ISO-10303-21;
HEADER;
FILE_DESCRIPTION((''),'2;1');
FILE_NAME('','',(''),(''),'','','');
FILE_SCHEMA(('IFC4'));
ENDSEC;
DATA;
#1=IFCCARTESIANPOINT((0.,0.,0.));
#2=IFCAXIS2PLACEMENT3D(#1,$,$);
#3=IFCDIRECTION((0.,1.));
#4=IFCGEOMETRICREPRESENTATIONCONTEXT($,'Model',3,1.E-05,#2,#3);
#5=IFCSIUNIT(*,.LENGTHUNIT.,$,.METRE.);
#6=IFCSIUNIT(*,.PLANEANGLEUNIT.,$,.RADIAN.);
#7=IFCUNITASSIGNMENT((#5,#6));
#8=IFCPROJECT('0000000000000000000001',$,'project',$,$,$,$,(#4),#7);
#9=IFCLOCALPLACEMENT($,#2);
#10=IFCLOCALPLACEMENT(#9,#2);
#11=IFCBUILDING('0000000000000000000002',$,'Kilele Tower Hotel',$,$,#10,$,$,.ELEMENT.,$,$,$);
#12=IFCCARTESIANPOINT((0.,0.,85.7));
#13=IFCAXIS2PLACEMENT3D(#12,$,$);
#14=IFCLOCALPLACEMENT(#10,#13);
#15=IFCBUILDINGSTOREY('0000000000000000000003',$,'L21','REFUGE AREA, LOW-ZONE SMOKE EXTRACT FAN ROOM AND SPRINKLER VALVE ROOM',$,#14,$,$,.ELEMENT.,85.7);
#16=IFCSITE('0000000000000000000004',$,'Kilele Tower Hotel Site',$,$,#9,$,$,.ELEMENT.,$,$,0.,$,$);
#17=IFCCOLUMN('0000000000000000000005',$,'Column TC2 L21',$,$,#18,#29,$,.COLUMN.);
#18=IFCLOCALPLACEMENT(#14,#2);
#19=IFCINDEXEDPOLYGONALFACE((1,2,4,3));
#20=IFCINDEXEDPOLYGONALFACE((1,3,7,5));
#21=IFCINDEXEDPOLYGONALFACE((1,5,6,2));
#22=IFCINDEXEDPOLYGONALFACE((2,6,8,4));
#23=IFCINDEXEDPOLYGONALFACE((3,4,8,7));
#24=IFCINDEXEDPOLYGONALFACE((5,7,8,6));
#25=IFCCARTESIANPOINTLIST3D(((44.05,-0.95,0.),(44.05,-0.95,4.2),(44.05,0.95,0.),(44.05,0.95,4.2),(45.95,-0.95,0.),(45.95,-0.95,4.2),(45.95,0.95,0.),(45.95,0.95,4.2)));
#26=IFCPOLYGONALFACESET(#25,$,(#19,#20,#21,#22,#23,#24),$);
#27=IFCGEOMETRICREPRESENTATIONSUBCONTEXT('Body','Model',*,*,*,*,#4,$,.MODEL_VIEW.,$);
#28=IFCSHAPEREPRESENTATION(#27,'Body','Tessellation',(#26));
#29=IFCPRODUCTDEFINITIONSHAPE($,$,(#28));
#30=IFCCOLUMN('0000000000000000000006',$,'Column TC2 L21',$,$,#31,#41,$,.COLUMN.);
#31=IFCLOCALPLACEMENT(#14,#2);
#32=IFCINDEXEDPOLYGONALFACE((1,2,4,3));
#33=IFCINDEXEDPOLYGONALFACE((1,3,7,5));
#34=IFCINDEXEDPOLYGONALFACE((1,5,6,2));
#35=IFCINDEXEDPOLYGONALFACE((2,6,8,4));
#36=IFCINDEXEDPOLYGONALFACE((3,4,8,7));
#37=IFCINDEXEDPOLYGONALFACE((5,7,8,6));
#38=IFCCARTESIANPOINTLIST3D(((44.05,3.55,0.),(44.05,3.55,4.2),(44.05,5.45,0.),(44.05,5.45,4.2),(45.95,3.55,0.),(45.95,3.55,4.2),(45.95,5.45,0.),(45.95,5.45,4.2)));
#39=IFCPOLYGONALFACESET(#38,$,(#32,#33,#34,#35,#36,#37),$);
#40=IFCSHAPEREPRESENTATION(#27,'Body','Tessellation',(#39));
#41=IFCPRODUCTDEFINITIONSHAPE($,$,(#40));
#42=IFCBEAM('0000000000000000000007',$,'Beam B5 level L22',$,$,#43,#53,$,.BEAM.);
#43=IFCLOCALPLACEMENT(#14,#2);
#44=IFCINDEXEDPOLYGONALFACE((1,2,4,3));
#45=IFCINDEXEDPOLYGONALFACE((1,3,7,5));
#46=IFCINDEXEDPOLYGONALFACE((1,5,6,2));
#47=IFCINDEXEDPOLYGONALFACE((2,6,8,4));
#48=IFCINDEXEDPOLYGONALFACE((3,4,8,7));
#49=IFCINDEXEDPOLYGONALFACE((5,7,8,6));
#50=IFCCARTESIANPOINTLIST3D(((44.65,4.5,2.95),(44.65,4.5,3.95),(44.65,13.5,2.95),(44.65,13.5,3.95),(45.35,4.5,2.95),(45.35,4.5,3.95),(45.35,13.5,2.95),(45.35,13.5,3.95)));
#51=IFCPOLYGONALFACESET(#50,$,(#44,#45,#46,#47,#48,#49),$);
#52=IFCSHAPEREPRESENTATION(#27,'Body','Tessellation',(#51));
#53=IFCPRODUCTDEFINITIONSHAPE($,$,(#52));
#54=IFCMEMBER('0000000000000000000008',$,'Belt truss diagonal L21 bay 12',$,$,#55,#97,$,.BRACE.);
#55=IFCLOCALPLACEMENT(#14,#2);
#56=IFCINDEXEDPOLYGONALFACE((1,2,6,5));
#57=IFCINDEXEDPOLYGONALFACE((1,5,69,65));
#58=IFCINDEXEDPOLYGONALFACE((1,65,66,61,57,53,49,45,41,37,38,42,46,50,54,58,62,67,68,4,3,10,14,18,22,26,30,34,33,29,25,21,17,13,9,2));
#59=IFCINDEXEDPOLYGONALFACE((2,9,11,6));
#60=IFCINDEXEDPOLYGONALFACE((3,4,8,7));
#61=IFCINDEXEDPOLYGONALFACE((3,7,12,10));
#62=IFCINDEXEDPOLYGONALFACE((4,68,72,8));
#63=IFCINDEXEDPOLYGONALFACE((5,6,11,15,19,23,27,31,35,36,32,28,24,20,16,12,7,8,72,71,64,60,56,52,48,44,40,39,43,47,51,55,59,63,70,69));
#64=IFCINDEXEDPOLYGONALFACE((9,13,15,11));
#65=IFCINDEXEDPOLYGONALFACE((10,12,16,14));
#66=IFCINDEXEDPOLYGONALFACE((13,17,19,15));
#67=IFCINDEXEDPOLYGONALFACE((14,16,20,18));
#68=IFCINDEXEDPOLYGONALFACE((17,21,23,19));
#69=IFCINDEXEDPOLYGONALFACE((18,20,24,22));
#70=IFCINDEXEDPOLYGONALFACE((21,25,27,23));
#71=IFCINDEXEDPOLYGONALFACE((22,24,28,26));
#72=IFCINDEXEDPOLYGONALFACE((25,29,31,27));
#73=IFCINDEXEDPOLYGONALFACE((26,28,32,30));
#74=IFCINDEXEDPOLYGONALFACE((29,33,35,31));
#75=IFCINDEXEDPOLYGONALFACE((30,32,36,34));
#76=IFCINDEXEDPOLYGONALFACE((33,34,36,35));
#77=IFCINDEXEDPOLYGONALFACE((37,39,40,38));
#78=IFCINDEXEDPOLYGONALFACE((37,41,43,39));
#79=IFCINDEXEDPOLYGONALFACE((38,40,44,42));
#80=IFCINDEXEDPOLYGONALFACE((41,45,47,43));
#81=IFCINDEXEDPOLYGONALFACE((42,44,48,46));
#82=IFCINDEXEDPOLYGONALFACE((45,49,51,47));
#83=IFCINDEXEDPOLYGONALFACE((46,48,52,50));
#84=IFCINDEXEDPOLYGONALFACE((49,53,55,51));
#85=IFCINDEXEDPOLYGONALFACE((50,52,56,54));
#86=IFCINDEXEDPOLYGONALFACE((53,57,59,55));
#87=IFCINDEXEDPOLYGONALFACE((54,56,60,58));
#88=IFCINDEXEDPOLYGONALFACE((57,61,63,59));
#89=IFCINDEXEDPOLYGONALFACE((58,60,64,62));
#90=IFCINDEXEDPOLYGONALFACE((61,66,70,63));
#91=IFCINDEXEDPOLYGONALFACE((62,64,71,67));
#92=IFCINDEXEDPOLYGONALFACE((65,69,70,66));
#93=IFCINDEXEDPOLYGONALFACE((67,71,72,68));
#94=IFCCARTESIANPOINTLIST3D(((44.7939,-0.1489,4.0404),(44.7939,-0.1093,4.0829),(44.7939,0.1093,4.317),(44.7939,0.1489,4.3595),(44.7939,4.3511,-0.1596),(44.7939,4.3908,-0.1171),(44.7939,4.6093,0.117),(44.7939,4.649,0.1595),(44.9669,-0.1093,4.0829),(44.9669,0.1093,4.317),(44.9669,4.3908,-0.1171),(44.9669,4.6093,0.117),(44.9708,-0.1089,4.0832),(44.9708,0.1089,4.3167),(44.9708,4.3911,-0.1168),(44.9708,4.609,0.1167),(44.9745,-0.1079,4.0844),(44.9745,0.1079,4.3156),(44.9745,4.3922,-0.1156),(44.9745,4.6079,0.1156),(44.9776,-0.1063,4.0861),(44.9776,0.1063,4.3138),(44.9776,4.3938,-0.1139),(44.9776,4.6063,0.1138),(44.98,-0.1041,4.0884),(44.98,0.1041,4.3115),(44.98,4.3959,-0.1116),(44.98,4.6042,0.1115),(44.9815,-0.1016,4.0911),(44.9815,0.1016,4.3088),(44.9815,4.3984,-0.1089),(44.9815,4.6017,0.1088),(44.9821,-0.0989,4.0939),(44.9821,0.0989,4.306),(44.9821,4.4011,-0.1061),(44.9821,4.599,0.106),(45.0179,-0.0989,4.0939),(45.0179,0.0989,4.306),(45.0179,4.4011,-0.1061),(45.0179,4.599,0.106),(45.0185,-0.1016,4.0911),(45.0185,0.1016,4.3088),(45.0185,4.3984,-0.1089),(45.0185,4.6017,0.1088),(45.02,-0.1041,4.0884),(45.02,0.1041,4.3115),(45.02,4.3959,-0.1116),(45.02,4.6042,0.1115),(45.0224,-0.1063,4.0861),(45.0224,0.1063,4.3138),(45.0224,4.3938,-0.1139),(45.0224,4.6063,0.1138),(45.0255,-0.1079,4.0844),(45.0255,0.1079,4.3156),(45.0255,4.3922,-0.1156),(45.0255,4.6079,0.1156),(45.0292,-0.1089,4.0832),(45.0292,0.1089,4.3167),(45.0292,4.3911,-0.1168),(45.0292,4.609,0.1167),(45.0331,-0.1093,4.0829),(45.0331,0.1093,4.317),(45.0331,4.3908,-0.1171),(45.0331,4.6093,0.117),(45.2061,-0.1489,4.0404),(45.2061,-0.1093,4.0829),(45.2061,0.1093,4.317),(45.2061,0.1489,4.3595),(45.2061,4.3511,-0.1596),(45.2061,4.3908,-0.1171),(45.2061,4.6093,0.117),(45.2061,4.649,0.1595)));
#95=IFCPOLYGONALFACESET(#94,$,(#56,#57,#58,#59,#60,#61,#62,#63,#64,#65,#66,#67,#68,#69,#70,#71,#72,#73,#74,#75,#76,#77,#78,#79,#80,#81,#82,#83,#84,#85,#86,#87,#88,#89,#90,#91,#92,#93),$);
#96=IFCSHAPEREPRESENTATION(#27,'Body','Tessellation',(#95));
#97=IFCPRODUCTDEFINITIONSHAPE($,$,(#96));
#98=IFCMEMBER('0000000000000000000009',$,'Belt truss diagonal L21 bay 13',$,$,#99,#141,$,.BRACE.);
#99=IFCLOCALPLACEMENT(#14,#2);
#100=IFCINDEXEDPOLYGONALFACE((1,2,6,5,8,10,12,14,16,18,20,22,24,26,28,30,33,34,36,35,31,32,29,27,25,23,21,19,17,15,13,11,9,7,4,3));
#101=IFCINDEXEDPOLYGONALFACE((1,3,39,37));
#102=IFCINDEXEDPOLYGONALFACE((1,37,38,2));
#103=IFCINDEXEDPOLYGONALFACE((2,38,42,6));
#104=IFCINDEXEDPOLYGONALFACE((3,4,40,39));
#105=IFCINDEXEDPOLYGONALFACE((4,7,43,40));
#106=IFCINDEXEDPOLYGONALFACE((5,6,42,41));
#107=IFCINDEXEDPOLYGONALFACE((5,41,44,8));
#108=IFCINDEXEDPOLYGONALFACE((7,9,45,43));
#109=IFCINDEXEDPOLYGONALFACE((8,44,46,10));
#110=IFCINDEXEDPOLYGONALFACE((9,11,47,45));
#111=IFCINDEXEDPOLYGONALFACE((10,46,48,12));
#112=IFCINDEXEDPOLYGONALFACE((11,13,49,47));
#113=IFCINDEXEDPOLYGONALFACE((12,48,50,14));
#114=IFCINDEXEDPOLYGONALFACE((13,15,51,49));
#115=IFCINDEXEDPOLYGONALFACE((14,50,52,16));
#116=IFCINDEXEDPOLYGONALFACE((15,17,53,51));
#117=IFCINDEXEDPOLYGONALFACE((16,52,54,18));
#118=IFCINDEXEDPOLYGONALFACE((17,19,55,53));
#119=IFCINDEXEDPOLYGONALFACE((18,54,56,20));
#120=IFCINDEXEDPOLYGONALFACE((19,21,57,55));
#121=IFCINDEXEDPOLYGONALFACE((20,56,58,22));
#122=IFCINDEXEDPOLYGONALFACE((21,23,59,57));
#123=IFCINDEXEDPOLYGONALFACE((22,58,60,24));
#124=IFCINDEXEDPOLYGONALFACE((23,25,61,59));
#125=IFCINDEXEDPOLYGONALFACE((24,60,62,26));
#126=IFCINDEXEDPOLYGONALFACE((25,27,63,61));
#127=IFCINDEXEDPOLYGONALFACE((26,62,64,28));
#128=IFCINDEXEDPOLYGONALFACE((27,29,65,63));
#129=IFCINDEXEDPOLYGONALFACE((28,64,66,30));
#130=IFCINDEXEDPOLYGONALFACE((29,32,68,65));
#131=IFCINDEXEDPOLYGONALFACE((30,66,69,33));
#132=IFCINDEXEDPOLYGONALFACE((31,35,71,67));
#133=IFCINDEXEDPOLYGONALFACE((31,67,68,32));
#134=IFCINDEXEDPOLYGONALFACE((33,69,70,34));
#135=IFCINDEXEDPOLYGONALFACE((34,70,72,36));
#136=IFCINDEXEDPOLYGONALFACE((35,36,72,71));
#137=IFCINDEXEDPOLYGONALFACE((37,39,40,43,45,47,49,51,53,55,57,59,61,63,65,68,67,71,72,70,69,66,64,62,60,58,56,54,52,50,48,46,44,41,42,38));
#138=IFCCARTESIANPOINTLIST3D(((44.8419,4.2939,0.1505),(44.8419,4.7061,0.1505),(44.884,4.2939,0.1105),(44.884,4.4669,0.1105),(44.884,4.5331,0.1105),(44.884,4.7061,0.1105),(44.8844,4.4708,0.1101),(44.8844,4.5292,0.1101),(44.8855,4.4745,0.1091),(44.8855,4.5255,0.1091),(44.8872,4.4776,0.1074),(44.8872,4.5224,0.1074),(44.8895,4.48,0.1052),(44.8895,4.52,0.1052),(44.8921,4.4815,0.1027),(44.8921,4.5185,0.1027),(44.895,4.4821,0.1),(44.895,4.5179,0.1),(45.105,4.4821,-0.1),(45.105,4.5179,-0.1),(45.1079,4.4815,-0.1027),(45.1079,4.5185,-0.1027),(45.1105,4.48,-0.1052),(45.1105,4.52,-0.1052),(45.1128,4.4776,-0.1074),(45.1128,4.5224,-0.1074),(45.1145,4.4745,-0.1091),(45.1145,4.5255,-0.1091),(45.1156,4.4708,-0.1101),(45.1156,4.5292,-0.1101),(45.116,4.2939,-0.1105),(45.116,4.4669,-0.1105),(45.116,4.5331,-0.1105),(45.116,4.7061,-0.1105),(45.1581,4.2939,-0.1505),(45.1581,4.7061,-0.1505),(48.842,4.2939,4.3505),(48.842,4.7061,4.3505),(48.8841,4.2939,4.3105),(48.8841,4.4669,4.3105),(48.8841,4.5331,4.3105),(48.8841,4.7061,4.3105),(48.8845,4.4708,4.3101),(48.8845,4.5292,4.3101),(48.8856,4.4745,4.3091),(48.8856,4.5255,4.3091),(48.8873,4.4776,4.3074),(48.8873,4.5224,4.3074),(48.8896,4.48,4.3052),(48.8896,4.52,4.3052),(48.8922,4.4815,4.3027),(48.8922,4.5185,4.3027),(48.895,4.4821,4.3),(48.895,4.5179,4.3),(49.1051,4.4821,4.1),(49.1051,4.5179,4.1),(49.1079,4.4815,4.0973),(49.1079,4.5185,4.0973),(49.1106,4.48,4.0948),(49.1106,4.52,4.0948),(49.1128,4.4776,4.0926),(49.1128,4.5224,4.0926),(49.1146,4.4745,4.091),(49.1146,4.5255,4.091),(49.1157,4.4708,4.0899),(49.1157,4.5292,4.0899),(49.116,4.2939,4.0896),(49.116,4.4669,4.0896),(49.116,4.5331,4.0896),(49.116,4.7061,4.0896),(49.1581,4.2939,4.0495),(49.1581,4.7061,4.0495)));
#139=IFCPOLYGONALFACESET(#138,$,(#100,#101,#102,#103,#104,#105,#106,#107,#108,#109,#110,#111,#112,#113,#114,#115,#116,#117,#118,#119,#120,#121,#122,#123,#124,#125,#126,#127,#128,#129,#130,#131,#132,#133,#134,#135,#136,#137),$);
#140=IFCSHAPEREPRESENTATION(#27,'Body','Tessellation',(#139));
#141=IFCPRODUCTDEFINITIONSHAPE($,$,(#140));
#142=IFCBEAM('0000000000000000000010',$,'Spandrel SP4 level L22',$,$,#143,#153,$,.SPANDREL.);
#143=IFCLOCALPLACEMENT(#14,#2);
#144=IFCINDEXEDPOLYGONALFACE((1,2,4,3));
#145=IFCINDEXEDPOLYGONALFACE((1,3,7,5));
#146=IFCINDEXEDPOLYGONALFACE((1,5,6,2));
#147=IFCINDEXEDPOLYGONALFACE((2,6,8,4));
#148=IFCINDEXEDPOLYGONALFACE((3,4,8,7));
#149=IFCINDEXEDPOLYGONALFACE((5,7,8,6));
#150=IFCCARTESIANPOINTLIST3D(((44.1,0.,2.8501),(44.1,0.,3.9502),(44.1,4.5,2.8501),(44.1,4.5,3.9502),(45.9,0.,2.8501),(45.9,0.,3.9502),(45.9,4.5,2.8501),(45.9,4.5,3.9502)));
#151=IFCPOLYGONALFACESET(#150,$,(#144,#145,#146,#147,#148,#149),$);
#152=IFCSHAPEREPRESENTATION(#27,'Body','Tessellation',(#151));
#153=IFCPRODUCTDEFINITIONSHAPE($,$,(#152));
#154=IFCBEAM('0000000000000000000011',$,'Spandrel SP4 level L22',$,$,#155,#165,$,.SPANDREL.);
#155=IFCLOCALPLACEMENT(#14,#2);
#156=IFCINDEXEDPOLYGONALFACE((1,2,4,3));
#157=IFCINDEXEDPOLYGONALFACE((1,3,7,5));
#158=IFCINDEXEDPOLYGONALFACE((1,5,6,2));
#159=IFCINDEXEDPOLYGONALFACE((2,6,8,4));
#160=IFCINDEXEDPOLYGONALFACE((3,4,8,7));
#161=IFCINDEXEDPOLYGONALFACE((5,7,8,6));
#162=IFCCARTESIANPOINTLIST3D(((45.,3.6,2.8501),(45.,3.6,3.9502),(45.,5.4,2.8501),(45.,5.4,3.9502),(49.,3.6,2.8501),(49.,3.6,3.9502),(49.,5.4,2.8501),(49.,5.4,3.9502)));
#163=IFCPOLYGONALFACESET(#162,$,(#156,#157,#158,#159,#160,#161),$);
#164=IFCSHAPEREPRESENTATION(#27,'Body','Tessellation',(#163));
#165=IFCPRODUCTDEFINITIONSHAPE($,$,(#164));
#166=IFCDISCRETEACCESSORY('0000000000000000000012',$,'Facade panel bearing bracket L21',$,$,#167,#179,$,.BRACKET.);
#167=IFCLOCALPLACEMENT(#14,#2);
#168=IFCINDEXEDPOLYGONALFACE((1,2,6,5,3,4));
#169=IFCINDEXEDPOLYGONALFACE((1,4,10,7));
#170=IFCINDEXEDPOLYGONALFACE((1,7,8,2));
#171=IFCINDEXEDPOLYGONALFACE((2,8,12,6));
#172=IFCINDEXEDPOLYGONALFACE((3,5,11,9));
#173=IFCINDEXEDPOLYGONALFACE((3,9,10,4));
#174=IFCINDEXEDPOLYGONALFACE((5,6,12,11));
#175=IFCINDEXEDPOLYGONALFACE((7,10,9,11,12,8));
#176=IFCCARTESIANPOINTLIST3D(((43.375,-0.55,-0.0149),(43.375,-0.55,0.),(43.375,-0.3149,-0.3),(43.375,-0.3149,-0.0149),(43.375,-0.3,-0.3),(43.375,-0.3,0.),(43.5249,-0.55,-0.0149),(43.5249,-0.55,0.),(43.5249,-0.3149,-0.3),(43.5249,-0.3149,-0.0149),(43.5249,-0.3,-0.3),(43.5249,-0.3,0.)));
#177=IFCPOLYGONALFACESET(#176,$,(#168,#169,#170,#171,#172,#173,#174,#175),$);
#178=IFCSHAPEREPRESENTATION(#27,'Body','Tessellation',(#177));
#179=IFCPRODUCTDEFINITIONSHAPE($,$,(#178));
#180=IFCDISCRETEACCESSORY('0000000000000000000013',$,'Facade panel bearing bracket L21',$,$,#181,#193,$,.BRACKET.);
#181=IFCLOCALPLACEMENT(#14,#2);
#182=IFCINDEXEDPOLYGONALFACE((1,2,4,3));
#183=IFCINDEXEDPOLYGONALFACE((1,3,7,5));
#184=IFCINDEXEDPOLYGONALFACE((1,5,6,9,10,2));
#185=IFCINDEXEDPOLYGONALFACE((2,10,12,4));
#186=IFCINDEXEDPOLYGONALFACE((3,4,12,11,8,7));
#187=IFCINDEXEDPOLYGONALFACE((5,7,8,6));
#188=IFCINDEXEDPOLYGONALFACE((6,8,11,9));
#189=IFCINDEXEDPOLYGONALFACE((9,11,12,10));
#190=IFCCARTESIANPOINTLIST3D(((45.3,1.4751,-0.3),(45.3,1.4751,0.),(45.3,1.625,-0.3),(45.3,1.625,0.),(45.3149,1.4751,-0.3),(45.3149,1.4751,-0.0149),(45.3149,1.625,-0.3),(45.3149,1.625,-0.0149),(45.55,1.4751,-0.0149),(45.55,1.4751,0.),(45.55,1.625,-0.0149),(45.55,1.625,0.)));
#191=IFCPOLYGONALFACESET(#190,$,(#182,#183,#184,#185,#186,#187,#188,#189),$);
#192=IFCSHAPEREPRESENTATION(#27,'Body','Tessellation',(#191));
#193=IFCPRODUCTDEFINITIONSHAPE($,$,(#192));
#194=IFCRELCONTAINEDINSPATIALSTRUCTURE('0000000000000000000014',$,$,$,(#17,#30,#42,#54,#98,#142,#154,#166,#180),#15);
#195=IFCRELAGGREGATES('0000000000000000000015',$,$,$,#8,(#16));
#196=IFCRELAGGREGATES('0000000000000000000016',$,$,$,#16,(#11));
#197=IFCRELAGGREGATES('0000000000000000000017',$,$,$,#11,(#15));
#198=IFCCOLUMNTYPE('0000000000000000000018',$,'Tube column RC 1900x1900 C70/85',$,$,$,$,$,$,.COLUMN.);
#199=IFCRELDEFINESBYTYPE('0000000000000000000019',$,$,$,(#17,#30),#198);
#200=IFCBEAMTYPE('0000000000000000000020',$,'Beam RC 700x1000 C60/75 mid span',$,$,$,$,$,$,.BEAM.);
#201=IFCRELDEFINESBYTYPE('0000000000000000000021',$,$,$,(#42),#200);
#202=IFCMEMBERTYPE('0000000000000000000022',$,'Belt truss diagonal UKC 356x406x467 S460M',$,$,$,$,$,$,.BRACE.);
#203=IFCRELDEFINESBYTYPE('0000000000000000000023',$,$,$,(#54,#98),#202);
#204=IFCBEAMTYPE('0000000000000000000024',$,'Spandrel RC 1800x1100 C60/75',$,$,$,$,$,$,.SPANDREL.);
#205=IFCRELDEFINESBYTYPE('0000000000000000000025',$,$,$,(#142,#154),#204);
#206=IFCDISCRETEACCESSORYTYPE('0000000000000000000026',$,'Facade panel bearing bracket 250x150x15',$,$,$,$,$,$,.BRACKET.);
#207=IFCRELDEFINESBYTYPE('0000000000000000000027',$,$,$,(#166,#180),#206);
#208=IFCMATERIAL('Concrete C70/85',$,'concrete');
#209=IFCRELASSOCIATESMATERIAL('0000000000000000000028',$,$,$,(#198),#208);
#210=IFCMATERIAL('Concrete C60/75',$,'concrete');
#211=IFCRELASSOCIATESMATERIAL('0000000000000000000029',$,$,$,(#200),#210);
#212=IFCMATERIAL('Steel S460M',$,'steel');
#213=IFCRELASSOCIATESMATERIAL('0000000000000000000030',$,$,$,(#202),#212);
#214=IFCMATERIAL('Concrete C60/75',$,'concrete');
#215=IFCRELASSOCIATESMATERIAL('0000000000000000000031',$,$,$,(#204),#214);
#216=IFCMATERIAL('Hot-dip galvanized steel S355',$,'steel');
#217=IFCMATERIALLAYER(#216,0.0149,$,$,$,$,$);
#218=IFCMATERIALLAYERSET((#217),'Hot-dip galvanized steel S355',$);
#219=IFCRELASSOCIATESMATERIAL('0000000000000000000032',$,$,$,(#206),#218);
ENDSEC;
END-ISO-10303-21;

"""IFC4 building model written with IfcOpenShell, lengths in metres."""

from ifc_helpers import new_model, si_unit, direction, frame, origin, origin_2d, place, context, subcontext, project, spatial, polyline, rectangle, i_section, outline, extrude, source, transform, mapped, material, layer, layer_set, material_profile, profile_set, type_object, element, save


model = new_model("IFC4")

# Units and contexts
model_context = context("Model", 3, precision=1e-05, world=origin(), true_north=direction((0.0, 1.0)))
body_context = subcontext(model_context, "Body", "Model", "MODEL_VIEW")
ifc_project = project(units=[si_unit("LENGTHUNIT", "METRE"), si_unit("PLANEANGLEUNIT", "RADIAN")], contexts=[model_context])

# Site, building, storey
site_placement = place(None, origin())
site = spatial("IfcSite", under=ifc_project, at=site_placement, Name="Kilele Tower Hotel Site", CompositionType="ELEMENT", RefElevation=0.0)
building_placement = place(site_placement, origin())
building = spatial("IfcBuilding", under=site, at=building_placement, Name="Kilele Tower Hotel", CompositionType="ELEMENT")
storey_placement = place(building_placement, frame((0.0, 0.0, 85.7)))
storey = spatial("IfcBuildingStorey", under=building, at=storey_placement, Name="L21", Description="REFUGE AREA, LOW-ZONE SMOKE EXTRACT FAN ROOM AND SPRINKLER VALVE ROOM", CompositionType="ELEMENT", Elevation=85.7)

# Columns
ifc_material_1 = material(Name="Concrete C70/85", Category="concrete")
ifc_material_profile_1 = material_profile(ifc_material_1, rectangle(XDim=1.8999, YDim=1.8999, at=origin_2d()))
ifc_profile_set_1 = profile_set([ifc_material_profile_1], Name="Concrete C70/85")
column_type = type_object("IfcColumnType", Name="Tube column RC 1900x1900 C70/85", PredefinedType="COLUMN", material=ifc_profile_set_1)
for number, where, z_axis, x_axis, name in (
    (1, (45.0, 0.0, 0.0), (0.0, 0.0, 1.0), (1.0, 0.0, 0.0), "Column TC2 L21"),
    (2, (45.0, 4.5, 0.0), (0.0, 0.0, 1.0), (1.0, 0.0, 0.0), "Column TC2 L21"),
):
    element("IfcColumn", number, at=place(storey_placement, frame(where, z_axis=z_axis, x_axis=x_axis)), inside=storey, type_object=column_type, Name=name, PredefinedType="COLUMN", context=body_context, shape_type="SweptSolid", body=[
        extrude(rectangle(XDim=1.8999, YDim=1.8999, at=origin_2d()), origin(), (0.0, 0.0, 1.0), 4.2),
    ])

# Beam
ifc_material_2 = material(Name="Concrete C60/75", Category="concrete")
ifc_material_profile_2 = material_profile(ifc_material_2, rectangle(XDim=0.7, YDim=1.0, at=origin_2d()))
ifc_profile_set_2 = profile_set([ifc_material_profile_2], Name="Concrete C60/75")
beam_type_1 = type_object("IfcBeamType", Name="Beam RC 700x1000 C60/75 mid span", PredefinedType="BEAM", material=ifc_profile_set_2)
beam_1_placement = place(storey_placement, frame((45.0, 4.5, 3.45), z_axis=(0.0, 1.0, 0.0), x_axis=(-1.0, 0.0, 0.0)))
element("IfcBeam", 3, at=beam_1_placement, inside=storey, type_object=beam_type_1, Name="Beam B5 level L22", PredefinedType="BEAM", context=body_context, shape_type="SweptSolid", body=[
    extrude(rectangle(XDim=0.7, YDim=1.0, at=origin_2d()), origin(), (0.0, 0.0, 1.0), 9.0),
])

# Members
ifc_material_3 = material(Name="Steel S460M", Category="steel")
ifc_material_profile_3 = material_profile(ifc_material_3, i_section(OverallWidth=0.4121, OverallDepth=0.4365, WebThickness=0.0359, FlangeThickness=0.0581, FilletRadius=0.0151, at=origin_2d()))
ifc_profile_set_3 = profile_set([ifc_material_profile_3], Name="Steel S460M")
member_type = type_object("IfcMemberType", Name="Belt truss diagonal UKC 356x406x467 S460M", PredefinedType="BRACE", material=ifc_profile_set_3)
member_1_placement = place(storey_placement, frame((45.0, 0.0, 4.2), z_axis=(0.0, 0.731059, -0.682314), x_axis=(-1.0, 0.0, 0.0)))
element("IfcMember", 4, at=member_1_placement, inside=storey, type_object=member_type, Name="Belt truss diagonal L21 bay 12", PredefinedType="BRACE", context=body_context, shape_type="SweptSolid", body=[
    extrude(i_section(OverallWidth=0.4121, OverallDepth=0.4365, WebThickness=0.0359, FlangeThickness=0.0581, FilletRadius=0.0151, at=origin_2d()), origin(), (0.0, 0.0, 1.0), 6.1555),
])
member_2_placement = place(storey_placement, frame((45.0, 4.5, 0.0), z_axis=(0.689659, 0.0, 0.724134), x_axis=(0.0, 1.0, 0.0)))
element("IfcMember", 5, at=member_2_placement, inside=storey, type_object=member_type, Name="Belt truss diagonal L21 bay 13", PredefinedType="BRACE", context=body_context, shape_type="SweptSolid", body=[
    extrude(i_section(OverallWidth=0.4121, OverallDepth=0.4365, WebThickness=0.0359, FlangeThickness=0.0581, FilletRadius=0.0151, at=origin_2d()), origin(), (0.0, 0.0, 1.0), 5.8),
])

# Beams
ifc_material_4 = material(Name="Concrete C60/75", Category="concrete")
ifc_material_profile_4 = material_profile(ifc_material_4, rectangle(XDim=1.8, YDim=1.1001, at=origin_2d()))
ifc_profile_set_4 = profile_set([ifc_material_profile_4], Name="Concrete C60/75")
beam_type_2 = type_object("IfcBeamType", Name="Spandrel RC 1800x1100 C60/75", PredefinedType="SPANDREL", material=ifc_profile_set_4)
beam_2_placement = place(storey_placement, frame((45.0, 0.0, 3.4001), z_axis=(0.0, 1.0, 0.0), x_axis=(-1.0, 0.0, 0.0)))
element("IfcBeam", 6, at=beam_2_placement, inside=storey, type_object=beam_type_2, Name="Spandrel SP4 level L22", PredefinedType="SPANDREL", context=body_context, shape_type="SweptSolid", body=[
    extrude(rectangle(XDim=1.8, YDim=1.1001, at=origin_2d()), origin(), (0.0, 0.0, 1.0), 4.5),
])
beam_3_placement = place(storey_placement, frame((45.0, 4.5, 3.4001), z_axis=(1.0, 0.0, 0.0), x_axis=(0.0, 1.0, 0.0)))
element("IfcBeam", 7, at=beam_3_placement, inside=storey, type_object=beam_type_2, Name="Spandrel SP4 level L22", PredefinedType="SPANDREL", context=body_context, shape_type="SweptSolid", body=[
    extrude(rectangle(XDim=1.8, YDim=1.1001, at=origin_2d()), origin(), (0.0, 0.0, 1.0), 4.0),
])

# Discrete accessories
ifc_material_5 = material(Name="Hot-dip galvanized steel S355", Category="steel")
ifc_layer_1 = layer(ifc_material_5, 0.0149)
ifc_layer_set_1 = layer_set([ifc_layer_1], Name="Hot-dip galvanized steel S355")
discrete_accessory_type_1 = type_object("IfcDiscreteAccessoryType", Name="Facade panel bearing bracket 250x150x15", PredefinedType="BRACKET", material=ifc_layer_set_1)
shared_shape_1 = source(origin(), body_context, "Body", "SweptSolid", [
    extrude(outline(polyline([(0.0, 0.0), (0.25, 0.0), (0.25, -0.0149), (0.0149, -0.0149), (0.0149, -0.3), (0.0, -0.3), (0.0, 0.0)])), origin(), (0.0, 0.0, 1.0), 0.1499),
])
for number, where, z_axis, x_axis, name in (
    (8, (43.5249, -0.3, 0.0), (-1.0, 0.0, 0.0), (0.0, -1.0, 0.0), "Facade panel bearing bracket L21"),
    (9, (45.3, 1.625, 0.0), (0.0, -1.0, 0.0), (1.0, 0.0, 0.0), "Facade panel bearing bracket L21"),
):
    element("IfcDiscreteAccessory", number, at=place(storey_placement, frame(where, z_axis=z_axis, x_axis=x_axis)), inside=storey, type_object=discrete_accessory_type_1, Name=name, PredefinedType="BRACKET", context=body_context, shape_type="MappedRepresentation", body=[
        mapped(shared_shape_1, transform((0.0, 0.0, 0.0))),
    ])

save(model, "model.ifc")
